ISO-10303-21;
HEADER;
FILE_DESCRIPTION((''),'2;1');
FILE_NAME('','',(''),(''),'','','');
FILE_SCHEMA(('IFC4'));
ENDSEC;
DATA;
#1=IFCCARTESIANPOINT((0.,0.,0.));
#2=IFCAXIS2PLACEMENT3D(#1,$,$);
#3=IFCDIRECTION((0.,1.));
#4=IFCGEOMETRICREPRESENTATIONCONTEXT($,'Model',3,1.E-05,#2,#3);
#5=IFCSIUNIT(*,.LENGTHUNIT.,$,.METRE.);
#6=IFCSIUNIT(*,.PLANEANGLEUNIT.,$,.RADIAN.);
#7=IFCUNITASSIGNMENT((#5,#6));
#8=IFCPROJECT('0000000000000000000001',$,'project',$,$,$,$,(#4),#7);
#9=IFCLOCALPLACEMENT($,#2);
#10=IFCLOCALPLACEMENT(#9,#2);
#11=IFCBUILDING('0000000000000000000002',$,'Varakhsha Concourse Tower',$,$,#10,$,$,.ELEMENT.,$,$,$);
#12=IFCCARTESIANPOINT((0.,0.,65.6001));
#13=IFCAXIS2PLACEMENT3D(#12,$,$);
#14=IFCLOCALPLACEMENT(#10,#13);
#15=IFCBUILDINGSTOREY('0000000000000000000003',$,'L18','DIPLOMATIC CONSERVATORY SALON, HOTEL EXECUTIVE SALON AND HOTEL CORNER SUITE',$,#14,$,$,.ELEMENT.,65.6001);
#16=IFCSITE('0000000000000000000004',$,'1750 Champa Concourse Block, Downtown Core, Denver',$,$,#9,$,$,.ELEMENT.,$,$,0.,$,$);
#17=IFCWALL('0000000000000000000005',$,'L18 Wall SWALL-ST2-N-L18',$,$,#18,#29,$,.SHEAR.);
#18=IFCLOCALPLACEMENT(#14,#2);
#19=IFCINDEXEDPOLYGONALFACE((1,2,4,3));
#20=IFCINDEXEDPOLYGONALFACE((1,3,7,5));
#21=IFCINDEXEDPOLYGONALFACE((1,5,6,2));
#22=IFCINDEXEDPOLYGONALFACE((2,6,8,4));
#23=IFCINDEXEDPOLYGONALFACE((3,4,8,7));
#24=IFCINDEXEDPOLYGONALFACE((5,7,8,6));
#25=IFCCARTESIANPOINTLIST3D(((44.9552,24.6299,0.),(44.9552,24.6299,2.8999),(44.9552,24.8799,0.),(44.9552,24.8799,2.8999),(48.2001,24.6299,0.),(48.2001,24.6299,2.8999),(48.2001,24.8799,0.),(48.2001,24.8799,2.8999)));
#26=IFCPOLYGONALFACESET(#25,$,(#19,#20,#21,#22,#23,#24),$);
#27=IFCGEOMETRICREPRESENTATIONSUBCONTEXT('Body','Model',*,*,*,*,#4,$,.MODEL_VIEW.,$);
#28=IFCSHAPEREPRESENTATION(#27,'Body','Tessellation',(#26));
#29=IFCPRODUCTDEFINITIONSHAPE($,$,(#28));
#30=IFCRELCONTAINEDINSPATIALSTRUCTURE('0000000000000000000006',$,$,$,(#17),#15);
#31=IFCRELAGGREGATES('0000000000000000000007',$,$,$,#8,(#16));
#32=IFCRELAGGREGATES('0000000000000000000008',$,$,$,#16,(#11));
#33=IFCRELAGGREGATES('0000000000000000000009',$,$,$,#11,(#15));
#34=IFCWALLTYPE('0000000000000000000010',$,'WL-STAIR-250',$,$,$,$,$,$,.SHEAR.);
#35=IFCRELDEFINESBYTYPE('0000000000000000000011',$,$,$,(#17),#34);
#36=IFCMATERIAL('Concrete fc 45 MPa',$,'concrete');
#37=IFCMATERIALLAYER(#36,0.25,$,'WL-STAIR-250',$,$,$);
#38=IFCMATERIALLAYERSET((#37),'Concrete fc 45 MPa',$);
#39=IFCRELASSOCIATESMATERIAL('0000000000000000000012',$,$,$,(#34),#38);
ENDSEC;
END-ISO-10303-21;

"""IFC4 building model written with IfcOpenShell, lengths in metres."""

from ifc_helpers import new_model, si_unit, direction, frame, frame_2d, origin, place, context, subcontext, project, spatial, rectangle, extrude, material, layer, layer_set, type_object, element, save


model = new_model("IFC4")

# Units and contexts
model_context = context("Model", 3, precision=1e-05, world=origin(), true_north=direction((0.0, 1.0)))
body_context = subcontext(model_context, "Body", "Model", "MODEL_VIEW")
ifc_project = project(units=[si_unit("LENGTHUNIT", "METRE"), si_unit("PLANEANGLEUNIT", "RADIAN")], contexts=[model_context])

# Site, building, storey
site_placement = place(None, origin())
site = spatial("IfcSite", under=ifc_project, at=site_placement, Name="1750 Champa Concourse Block, Downtown Core, Denver", CompositionType="ELEMENT", RefElevation=0.0)
building_placement = place(site_placement, origin())
building = spatial("IfcBuilding", under=site, at=building_placement, Name="Varakhsha Concourse Tower", CompositionType="ELEMENT")
storey_placement = place(building_placement, frame((0.0, 0.0, 65.6001)))
storey = spatial("IfcBuildingStorey", under=building, at=storey_placement, Name="L18", Description="DIPLOMATIC CONSERVATORY SALON, HOTEL EXECUTIVE SALON AND HOTEL CORNER SUITE", CompositionType="ELEMENT", Elevation=65.6001)

# Wall
ifc_material_1 = material(Name="Concrete fc 45 MPa", Category="concrete")
ifc_layer_1 = layer(ifc_material_1, 0.25, Name="WL-STAIR-250")
ifc_layer_set_1 = layer_set([ifc_layer_1], Name="Concrete fc 45 MPa")
wall_type_1 = type_object("IfcWallType", Name="WL-STAIR-250", PredefinedType="SHEAR", material=ifc_layer_set_1)
wall_1_placement = place(storey_placement, frame((44.9551, 24.7549, 0.0), z_axis=(0.0, 0.0, 1.0), x_axis=(1.0, 0.0, 0.0)))
element("IfcWall", 1, at=wall_1_placement, inside=storey, type_object=wall_type_1, Name="L18 Wall SWALL-ST2-N-L18", PredefinedType="SHEAR", context=body_context, shape_type="SweptSolid", body=[
    extrude(rectangle(XDim=3.2449, YDim=0.25, at=frame_2d((1.6226, 0.0))), origin(), (0.0, 0.0, 1.0), 2.8999),
])

save(model, "model.ifc")
